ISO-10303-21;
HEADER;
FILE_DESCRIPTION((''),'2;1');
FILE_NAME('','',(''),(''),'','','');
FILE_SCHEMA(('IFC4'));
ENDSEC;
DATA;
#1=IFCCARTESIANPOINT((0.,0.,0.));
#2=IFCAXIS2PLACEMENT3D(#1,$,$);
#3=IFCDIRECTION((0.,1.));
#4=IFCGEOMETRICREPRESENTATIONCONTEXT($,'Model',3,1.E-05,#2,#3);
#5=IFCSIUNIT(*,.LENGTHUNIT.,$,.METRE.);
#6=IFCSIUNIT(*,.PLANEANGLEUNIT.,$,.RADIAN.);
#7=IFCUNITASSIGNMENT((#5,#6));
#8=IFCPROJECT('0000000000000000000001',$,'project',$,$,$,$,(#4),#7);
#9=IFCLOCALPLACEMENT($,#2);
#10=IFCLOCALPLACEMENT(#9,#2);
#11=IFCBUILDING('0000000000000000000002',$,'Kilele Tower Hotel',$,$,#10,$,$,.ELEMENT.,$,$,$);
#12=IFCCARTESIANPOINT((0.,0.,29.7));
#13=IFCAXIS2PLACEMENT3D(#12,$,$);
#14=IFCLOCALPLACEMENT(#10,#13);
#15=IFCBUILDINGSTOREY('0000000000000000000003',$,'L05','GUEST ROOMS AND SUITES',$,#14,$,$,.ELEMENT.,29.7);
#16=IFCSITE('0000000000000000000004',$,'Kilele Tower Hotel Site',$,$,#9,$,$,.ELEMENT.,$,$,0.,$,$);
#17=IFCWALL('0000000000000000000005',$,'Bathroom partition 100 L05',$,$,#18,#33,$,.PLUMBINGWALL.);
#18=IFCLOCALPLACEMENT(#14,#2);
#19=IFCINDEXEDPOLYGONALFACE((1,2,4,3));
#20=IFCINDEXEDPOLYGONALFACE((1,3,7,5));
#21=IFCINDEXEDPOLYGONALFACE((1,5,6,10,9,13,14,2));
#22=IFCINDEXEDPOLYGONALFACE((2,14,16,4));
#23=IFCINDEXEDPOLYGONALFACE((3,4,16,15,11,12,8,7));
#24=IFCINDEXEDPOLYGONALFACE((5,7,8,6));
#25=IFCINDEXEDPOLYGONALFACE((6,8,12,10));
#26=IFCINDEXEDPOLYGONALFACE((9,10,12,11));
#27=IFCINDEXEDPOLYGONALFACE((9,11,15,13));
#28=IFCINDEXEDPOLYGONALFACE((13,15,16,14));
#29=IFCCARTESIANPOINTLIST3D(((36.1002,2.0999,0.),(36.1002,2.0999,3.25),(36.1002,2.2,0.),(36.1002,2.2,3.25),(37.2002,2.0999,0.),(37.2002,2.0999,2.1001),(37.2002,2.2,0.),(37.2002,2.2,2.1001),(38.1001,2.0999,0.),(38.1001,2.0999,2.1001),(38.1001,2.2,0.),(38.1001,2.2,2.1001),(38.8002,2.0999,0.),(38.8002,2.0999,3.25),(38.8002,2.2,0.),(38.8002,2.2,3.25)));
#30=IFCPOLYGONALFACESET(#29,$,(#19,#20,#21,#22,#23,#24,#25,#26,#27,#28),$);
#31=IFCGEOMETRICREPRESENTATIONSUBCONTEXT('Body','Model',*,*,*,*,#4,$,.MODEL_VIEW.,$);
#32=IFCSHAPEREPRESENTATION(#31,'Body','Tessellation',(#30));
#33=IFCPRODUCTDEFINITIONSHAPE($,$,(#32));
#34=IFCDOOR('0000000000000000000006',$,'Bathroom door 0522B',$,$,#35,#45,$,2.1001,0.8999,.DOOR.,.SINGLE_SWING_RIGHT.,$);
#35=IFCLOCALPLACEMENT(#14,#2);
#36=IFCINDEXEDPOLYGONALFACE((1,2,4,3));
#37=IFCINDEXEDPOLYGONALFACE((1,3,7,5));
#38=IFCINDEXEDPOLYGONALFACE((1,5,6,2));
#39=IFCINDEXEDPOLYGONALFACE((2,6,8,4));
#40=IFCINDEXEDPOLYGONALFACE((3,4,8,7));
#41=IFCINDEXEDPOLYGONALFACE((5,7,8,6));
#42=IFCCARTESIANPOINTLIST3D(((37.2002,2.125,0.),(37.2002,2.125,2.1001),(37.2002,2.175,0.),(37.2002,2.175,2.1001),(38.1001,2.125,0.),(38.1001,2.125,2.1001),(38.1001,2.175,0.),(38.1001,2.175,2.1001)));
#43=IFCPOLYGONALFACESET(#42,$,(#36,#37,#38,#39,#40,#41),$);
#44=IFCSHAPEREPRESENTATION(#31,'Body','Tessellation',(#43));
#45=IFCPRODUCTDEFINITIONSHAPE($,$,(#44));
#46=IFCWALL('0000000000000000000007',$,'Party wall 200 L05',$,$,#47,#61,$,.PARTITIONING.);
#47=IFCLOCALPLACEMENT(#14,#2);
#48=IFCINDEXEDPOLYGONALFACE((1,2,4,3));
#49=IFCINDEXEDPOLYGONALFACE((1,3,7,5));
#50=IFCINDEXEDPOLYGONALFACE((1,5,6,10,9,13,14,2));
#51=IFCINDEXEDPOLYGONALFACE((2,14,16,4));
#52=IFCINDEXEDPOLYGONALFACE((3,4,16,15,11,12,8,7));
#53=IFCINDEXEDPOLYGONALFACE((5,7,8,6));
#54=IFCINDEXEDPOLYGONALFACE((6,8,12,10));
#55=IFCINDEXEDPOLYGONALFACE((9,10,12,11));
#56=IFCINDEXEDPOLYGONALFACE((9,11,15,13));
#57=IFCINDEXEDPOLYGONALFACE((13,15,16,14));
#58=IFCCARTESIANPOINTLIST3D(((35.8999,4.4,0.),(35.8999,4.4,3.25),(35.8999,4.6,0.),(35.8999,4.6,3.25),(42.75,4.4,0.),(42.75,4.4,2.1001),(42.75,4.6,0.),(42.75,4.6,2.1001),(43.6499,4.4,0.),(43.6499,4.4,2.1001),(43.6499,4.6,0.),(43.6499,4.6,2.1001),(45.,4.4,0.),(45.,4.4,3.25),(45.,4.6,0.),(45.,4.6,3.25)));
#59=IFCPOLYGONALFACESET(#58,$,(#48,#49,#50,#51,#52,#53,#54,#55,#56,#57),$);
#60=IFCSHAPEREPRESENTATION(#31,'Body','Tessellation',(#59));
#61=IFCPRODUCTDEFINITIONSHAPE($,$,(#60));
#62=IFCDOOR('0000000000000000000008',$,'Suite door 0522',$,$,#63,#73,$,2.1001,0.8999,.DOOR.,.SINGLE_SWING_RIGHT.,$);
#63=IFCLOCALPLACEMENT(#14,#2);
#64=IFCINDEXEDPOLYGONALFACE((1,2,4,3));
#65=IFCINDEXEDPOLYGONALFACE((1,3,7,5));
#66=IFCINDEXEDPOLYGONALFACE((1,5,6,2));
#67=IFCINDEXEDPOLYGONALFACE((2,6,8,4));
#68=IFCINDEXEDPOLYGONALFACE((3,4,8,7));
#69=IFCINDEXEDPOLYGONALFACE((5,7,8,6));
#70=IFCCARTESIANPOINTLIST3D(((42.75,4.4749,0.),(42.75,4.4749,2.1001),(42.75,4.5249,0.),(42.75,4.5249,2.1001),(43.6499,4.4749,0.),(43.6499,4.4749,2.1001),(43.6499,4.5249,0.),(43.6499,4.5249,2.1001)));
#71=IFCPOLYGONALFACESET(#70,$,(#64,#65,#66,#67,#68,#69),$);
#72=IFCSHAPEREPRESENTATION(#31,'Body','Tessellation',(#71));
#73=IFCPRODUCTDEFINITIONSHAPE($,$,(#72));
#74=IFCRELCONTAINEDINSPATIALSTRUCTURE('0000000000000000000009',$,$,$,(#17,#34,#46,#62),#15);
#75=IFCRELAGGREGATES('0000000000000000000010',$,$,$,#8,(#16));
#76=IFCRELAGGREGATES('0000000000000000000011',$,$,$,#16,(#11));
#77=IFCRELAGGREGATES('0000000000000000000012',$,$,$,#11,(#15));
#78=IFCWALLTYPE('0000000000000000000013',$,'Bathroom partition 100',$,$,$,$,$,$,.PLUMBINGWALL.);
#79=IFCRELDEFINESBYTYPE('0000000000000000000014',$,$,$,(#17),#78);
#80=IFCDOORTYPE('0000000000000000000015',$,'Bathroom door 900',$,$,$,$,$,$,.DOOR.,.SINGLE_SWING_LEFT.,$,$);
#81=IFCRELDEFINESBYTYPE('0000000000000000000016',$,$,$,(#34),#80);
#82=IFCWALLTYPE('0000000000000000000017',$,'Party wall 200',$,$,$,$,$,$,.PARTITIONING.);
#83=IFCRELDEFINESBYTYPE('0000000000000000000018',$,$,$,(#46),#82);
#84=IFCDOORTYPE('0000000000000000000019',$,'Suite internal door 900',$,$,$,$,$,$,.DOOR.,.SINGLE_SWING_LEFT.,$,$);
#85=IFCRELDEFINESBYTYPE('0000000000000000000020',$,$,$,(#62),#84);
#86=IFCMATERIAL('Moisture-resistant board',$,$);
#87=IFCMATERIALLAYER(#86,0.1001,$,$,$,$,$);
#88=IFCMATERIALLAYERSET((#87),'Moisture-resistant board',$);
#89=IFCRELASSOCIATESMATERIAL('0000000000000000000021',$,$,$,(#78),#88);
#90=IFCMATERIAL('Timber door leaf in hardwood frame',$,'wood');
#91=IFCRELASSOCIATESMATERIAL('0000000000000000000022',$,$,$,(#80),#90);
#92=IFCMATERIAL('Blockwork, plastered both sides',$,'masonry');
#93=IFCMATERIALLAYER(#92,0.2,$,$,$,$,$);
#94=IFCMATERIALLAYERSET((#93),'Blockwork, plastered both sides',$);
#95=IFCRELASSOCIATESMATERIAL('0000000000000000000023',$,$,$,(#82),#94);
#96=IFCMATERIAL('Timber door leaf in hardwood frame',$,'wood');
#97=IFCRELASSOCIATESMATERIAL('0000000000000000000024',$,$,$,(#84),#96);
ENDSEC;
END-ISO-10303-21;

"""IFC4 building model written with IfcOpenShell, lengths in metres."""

from ifc_helpers import new_model, si_unit, direction, frame, frame_2d, origin, place, context, subcontext, project, spatial, rectangle, extrude, material, layer, layer_set, type_object, element, fill, save


model = new_model("IFC4")

# Units and contexts
model_context = context("Model", 3, precision=1e-05, world=origin(), true_north=direction((0.0, 1.0)))
body_context = subcontext(model_context, "Body", "Model", "MODEL_VIEW")
ifc_project = project(units=[si_unit("LENGTHUNIT", "METRE"), si_unit("PLANEANGLEUNIT", "RADIAN")], contexts=[model_context])

# Site, building, storey
site_placement = place(None, origin())
site = spatial("IfcSite", under=ifc_project, at=site_placement, Name="Kilele Tower Hotel Site", CompositionType="ELEMENT", RefElevation=0.0)
building_placement = place(site_placement, origin())
building = spatial("IfcBuilding", under=site, at=building_placement, Name="Kilele Tower Hotel", CompositionType="ELEMENT")
storey_placement = place(building_placement, frame((0.0, 0.0, 29.7)))
storey = spatial("IfcBuildingStorey", under=building, at=storey_placement, Name="L05", Description="GUEST ROOMS AND SUITES", CompositionType="ELEMENT", Elevation=29.7)

# Shared definitions
ifc_material_1 = material(Name="Moisture-resistant board")
ifc_layer_1 = layer(ifc_material_1, 0.1001)
ifc_layer_set_1 = layer_set([ifc_layer_1], Name="Moisture-resistant board")
wall_type_1 = type_object("IfcWallType", Name="Bathroom partition 100", PredefinedType="PLUMBINGWALL", material=ifc_layer_set_1)

# Walls, openings, doors
ifc_material_2 = material(Name="Timber door leaf in hardwood frame", Category="wood")
door_type_1 = type_object("IfcDoorType", Name="Bathroom door 900", OperationType="SINGLE_SWING_LEFT", PredefinedType="DOOR", material=ifc_material_2)
wall_1_placement = place(storey_placement, frame((36.1001, 2.1499, 0.0), z_axis=(0.0, 0.0, 1.0), x_axis=(1.0, 0.0, 0.0)))
wall_1 = element("IfcWall", 1, at=wall_1_placement, inside=storey, type_object=wall_type_1, Name="Bathroom partition 100 L05", PredefinedType="PLUMBINGWALL", context=body_context, shape_type="SweptSolid", body=[
    extrude(rectangle(XDim=2.7, YDim=0.1001, at=frame_2d((1.3501, 0.0))), origin(), (0.0, 0.0, 1.0), 3.25),
])
opening_1_placement = place(wall_1_placement, frame((2.0, 0.0, 0.0), z_axis=(0.0, 0.0, 1.0), x_axis=(-1.0, 0.0, 0.0)))
opening_1 = element("IfcOpeningElement", 2, at=opening_1_placement, cuts=wall_1, PredefinedType="OPENING", context=body_context, shape_type="SweptSolid", body=[
    extrude(rectangle(XDim=0.8999, YDim=2.1001, at=frame_2d((0.45, 1.05))), frame((0.0, 0.0601, 0.0), z_axis=(0.0, -1.0, 0.0), x_axis=(1.0, 0.0, 0.0)), (0.0, 0.0, 1.0), 0.1201),
])
door_1_placement = place(opening_1_placement, origin())
door_1 = element("IfcDoor", 3, at=door_1_placement, inside=storey, type_object=door_type_1, Name="Bathroom door 0522B", OperationType="SINGLE_SWING_RIGHT", OverallHeight=2.1001, OverallWidth=0.8999, PredefinedType="DOOR", context=body_context, shape_type="SweptSolid", body=[
    extrude(rectangle(XDim=0.8999, YDim=2.1001, at=frame_2d((0.45, 1.05))), frame((0.0, 0.0249, 0.0), z_axis=(0.0, -1.0, 0.0), x_axis=(1.0, 0.0, 0.0)), (0.0, 0.0, 1.0), 0.05),
])
fill(opening_1, door_1)
ifc_material_3 = material(Name="Blockwork, plastered both sides", Category="masonry")
ifc_layer_2 = layer(ifc_material_3, 0.2)
ifc_layer_set_2 = layer_set([ifc_layer_2], Name="Blockwork, plastered both sides")
wall_type_2 = type_object("IfcWallType", Name="Party wall 200", PredefinedType="PARTITIONING", material=ifc_layer_set_2)
wall_2_placement = place(storey_placement, frame((35.8999, 4.5, 0.0), z_axis=(0.0, 0.0, 1.0), x_axis=(1.0, 0.0, 0.0)))
wall_2 = element("IfcWall", 4, at=wall_2_placement, inside=storey, type_object=wall_type_2, Name="Party wall 200 L05", PredefinedType="PARTITIONING", context=body_context, shape_type="SweptSolid", body=[
    extrude(rectangle(XDim=9.1001, YDim=0.2, at=frame_2d((4.55, 0.0))), origin(), (0.0, 0.0, 1.0), 3.25),
])
opening_2_placement = place(wall_2_placement, frame((6.8501, 0.0, 0.0)))
opening_2 = element("IfcOpeningElement", 5, at=opening_2_placement, cuts=wall_2, PredefinedType="OPENING", context=body_context, shape_type="SweptSolid", body=[
    extrude(rectangle(XDim=0.8999, YDim=2.1001, at=frame_2d((0.45, 1.05))), frame((0.0, 0.1099, 0.0), z_axis=(0.0, -1.0, 0.0), x_axis=(1.0, 0.0, 0.0)), (0.0, 0.0, 1.0), 0.22),
])
ifc_material_4 = material(Name="Timber door leaf in hardwood frame", Category="wood")
door_type_2 = type_object("IfcDoorType", Name="Suite internal door 900", OperationType="SINGLE_SWING_LEFT", PredefinedType="DOOR", material=ifc_material_4)
door_2_placement = place(opening_2_placement, origin())
door_2 = element("IfcDoor", 6, at=door_2_placement, inside=storey, type_object=door_type_2, Name="Suite door 0522", OperationType="SINGLE_SWING_RIGHT", OverallHeight=2.1001, OverallWidth=0.8999, PredefinedType="DOOR", context=body_context, shape_type="SweptSolid", body=[
    extrude(rectangle(XDim=0.8999, YDim=2.1001, at=frame_2d((0.45, 1.05))), frame((0.0, 0.0249, 0.0), z_axis=(0.0, -1.0, 0.0), x_axis=(1.0, 0.0, 0.0)), (0.0, 0.0, 1.0), 0.05),
])
fill(opening_2, door_2)

save(model, "model.ifc")
